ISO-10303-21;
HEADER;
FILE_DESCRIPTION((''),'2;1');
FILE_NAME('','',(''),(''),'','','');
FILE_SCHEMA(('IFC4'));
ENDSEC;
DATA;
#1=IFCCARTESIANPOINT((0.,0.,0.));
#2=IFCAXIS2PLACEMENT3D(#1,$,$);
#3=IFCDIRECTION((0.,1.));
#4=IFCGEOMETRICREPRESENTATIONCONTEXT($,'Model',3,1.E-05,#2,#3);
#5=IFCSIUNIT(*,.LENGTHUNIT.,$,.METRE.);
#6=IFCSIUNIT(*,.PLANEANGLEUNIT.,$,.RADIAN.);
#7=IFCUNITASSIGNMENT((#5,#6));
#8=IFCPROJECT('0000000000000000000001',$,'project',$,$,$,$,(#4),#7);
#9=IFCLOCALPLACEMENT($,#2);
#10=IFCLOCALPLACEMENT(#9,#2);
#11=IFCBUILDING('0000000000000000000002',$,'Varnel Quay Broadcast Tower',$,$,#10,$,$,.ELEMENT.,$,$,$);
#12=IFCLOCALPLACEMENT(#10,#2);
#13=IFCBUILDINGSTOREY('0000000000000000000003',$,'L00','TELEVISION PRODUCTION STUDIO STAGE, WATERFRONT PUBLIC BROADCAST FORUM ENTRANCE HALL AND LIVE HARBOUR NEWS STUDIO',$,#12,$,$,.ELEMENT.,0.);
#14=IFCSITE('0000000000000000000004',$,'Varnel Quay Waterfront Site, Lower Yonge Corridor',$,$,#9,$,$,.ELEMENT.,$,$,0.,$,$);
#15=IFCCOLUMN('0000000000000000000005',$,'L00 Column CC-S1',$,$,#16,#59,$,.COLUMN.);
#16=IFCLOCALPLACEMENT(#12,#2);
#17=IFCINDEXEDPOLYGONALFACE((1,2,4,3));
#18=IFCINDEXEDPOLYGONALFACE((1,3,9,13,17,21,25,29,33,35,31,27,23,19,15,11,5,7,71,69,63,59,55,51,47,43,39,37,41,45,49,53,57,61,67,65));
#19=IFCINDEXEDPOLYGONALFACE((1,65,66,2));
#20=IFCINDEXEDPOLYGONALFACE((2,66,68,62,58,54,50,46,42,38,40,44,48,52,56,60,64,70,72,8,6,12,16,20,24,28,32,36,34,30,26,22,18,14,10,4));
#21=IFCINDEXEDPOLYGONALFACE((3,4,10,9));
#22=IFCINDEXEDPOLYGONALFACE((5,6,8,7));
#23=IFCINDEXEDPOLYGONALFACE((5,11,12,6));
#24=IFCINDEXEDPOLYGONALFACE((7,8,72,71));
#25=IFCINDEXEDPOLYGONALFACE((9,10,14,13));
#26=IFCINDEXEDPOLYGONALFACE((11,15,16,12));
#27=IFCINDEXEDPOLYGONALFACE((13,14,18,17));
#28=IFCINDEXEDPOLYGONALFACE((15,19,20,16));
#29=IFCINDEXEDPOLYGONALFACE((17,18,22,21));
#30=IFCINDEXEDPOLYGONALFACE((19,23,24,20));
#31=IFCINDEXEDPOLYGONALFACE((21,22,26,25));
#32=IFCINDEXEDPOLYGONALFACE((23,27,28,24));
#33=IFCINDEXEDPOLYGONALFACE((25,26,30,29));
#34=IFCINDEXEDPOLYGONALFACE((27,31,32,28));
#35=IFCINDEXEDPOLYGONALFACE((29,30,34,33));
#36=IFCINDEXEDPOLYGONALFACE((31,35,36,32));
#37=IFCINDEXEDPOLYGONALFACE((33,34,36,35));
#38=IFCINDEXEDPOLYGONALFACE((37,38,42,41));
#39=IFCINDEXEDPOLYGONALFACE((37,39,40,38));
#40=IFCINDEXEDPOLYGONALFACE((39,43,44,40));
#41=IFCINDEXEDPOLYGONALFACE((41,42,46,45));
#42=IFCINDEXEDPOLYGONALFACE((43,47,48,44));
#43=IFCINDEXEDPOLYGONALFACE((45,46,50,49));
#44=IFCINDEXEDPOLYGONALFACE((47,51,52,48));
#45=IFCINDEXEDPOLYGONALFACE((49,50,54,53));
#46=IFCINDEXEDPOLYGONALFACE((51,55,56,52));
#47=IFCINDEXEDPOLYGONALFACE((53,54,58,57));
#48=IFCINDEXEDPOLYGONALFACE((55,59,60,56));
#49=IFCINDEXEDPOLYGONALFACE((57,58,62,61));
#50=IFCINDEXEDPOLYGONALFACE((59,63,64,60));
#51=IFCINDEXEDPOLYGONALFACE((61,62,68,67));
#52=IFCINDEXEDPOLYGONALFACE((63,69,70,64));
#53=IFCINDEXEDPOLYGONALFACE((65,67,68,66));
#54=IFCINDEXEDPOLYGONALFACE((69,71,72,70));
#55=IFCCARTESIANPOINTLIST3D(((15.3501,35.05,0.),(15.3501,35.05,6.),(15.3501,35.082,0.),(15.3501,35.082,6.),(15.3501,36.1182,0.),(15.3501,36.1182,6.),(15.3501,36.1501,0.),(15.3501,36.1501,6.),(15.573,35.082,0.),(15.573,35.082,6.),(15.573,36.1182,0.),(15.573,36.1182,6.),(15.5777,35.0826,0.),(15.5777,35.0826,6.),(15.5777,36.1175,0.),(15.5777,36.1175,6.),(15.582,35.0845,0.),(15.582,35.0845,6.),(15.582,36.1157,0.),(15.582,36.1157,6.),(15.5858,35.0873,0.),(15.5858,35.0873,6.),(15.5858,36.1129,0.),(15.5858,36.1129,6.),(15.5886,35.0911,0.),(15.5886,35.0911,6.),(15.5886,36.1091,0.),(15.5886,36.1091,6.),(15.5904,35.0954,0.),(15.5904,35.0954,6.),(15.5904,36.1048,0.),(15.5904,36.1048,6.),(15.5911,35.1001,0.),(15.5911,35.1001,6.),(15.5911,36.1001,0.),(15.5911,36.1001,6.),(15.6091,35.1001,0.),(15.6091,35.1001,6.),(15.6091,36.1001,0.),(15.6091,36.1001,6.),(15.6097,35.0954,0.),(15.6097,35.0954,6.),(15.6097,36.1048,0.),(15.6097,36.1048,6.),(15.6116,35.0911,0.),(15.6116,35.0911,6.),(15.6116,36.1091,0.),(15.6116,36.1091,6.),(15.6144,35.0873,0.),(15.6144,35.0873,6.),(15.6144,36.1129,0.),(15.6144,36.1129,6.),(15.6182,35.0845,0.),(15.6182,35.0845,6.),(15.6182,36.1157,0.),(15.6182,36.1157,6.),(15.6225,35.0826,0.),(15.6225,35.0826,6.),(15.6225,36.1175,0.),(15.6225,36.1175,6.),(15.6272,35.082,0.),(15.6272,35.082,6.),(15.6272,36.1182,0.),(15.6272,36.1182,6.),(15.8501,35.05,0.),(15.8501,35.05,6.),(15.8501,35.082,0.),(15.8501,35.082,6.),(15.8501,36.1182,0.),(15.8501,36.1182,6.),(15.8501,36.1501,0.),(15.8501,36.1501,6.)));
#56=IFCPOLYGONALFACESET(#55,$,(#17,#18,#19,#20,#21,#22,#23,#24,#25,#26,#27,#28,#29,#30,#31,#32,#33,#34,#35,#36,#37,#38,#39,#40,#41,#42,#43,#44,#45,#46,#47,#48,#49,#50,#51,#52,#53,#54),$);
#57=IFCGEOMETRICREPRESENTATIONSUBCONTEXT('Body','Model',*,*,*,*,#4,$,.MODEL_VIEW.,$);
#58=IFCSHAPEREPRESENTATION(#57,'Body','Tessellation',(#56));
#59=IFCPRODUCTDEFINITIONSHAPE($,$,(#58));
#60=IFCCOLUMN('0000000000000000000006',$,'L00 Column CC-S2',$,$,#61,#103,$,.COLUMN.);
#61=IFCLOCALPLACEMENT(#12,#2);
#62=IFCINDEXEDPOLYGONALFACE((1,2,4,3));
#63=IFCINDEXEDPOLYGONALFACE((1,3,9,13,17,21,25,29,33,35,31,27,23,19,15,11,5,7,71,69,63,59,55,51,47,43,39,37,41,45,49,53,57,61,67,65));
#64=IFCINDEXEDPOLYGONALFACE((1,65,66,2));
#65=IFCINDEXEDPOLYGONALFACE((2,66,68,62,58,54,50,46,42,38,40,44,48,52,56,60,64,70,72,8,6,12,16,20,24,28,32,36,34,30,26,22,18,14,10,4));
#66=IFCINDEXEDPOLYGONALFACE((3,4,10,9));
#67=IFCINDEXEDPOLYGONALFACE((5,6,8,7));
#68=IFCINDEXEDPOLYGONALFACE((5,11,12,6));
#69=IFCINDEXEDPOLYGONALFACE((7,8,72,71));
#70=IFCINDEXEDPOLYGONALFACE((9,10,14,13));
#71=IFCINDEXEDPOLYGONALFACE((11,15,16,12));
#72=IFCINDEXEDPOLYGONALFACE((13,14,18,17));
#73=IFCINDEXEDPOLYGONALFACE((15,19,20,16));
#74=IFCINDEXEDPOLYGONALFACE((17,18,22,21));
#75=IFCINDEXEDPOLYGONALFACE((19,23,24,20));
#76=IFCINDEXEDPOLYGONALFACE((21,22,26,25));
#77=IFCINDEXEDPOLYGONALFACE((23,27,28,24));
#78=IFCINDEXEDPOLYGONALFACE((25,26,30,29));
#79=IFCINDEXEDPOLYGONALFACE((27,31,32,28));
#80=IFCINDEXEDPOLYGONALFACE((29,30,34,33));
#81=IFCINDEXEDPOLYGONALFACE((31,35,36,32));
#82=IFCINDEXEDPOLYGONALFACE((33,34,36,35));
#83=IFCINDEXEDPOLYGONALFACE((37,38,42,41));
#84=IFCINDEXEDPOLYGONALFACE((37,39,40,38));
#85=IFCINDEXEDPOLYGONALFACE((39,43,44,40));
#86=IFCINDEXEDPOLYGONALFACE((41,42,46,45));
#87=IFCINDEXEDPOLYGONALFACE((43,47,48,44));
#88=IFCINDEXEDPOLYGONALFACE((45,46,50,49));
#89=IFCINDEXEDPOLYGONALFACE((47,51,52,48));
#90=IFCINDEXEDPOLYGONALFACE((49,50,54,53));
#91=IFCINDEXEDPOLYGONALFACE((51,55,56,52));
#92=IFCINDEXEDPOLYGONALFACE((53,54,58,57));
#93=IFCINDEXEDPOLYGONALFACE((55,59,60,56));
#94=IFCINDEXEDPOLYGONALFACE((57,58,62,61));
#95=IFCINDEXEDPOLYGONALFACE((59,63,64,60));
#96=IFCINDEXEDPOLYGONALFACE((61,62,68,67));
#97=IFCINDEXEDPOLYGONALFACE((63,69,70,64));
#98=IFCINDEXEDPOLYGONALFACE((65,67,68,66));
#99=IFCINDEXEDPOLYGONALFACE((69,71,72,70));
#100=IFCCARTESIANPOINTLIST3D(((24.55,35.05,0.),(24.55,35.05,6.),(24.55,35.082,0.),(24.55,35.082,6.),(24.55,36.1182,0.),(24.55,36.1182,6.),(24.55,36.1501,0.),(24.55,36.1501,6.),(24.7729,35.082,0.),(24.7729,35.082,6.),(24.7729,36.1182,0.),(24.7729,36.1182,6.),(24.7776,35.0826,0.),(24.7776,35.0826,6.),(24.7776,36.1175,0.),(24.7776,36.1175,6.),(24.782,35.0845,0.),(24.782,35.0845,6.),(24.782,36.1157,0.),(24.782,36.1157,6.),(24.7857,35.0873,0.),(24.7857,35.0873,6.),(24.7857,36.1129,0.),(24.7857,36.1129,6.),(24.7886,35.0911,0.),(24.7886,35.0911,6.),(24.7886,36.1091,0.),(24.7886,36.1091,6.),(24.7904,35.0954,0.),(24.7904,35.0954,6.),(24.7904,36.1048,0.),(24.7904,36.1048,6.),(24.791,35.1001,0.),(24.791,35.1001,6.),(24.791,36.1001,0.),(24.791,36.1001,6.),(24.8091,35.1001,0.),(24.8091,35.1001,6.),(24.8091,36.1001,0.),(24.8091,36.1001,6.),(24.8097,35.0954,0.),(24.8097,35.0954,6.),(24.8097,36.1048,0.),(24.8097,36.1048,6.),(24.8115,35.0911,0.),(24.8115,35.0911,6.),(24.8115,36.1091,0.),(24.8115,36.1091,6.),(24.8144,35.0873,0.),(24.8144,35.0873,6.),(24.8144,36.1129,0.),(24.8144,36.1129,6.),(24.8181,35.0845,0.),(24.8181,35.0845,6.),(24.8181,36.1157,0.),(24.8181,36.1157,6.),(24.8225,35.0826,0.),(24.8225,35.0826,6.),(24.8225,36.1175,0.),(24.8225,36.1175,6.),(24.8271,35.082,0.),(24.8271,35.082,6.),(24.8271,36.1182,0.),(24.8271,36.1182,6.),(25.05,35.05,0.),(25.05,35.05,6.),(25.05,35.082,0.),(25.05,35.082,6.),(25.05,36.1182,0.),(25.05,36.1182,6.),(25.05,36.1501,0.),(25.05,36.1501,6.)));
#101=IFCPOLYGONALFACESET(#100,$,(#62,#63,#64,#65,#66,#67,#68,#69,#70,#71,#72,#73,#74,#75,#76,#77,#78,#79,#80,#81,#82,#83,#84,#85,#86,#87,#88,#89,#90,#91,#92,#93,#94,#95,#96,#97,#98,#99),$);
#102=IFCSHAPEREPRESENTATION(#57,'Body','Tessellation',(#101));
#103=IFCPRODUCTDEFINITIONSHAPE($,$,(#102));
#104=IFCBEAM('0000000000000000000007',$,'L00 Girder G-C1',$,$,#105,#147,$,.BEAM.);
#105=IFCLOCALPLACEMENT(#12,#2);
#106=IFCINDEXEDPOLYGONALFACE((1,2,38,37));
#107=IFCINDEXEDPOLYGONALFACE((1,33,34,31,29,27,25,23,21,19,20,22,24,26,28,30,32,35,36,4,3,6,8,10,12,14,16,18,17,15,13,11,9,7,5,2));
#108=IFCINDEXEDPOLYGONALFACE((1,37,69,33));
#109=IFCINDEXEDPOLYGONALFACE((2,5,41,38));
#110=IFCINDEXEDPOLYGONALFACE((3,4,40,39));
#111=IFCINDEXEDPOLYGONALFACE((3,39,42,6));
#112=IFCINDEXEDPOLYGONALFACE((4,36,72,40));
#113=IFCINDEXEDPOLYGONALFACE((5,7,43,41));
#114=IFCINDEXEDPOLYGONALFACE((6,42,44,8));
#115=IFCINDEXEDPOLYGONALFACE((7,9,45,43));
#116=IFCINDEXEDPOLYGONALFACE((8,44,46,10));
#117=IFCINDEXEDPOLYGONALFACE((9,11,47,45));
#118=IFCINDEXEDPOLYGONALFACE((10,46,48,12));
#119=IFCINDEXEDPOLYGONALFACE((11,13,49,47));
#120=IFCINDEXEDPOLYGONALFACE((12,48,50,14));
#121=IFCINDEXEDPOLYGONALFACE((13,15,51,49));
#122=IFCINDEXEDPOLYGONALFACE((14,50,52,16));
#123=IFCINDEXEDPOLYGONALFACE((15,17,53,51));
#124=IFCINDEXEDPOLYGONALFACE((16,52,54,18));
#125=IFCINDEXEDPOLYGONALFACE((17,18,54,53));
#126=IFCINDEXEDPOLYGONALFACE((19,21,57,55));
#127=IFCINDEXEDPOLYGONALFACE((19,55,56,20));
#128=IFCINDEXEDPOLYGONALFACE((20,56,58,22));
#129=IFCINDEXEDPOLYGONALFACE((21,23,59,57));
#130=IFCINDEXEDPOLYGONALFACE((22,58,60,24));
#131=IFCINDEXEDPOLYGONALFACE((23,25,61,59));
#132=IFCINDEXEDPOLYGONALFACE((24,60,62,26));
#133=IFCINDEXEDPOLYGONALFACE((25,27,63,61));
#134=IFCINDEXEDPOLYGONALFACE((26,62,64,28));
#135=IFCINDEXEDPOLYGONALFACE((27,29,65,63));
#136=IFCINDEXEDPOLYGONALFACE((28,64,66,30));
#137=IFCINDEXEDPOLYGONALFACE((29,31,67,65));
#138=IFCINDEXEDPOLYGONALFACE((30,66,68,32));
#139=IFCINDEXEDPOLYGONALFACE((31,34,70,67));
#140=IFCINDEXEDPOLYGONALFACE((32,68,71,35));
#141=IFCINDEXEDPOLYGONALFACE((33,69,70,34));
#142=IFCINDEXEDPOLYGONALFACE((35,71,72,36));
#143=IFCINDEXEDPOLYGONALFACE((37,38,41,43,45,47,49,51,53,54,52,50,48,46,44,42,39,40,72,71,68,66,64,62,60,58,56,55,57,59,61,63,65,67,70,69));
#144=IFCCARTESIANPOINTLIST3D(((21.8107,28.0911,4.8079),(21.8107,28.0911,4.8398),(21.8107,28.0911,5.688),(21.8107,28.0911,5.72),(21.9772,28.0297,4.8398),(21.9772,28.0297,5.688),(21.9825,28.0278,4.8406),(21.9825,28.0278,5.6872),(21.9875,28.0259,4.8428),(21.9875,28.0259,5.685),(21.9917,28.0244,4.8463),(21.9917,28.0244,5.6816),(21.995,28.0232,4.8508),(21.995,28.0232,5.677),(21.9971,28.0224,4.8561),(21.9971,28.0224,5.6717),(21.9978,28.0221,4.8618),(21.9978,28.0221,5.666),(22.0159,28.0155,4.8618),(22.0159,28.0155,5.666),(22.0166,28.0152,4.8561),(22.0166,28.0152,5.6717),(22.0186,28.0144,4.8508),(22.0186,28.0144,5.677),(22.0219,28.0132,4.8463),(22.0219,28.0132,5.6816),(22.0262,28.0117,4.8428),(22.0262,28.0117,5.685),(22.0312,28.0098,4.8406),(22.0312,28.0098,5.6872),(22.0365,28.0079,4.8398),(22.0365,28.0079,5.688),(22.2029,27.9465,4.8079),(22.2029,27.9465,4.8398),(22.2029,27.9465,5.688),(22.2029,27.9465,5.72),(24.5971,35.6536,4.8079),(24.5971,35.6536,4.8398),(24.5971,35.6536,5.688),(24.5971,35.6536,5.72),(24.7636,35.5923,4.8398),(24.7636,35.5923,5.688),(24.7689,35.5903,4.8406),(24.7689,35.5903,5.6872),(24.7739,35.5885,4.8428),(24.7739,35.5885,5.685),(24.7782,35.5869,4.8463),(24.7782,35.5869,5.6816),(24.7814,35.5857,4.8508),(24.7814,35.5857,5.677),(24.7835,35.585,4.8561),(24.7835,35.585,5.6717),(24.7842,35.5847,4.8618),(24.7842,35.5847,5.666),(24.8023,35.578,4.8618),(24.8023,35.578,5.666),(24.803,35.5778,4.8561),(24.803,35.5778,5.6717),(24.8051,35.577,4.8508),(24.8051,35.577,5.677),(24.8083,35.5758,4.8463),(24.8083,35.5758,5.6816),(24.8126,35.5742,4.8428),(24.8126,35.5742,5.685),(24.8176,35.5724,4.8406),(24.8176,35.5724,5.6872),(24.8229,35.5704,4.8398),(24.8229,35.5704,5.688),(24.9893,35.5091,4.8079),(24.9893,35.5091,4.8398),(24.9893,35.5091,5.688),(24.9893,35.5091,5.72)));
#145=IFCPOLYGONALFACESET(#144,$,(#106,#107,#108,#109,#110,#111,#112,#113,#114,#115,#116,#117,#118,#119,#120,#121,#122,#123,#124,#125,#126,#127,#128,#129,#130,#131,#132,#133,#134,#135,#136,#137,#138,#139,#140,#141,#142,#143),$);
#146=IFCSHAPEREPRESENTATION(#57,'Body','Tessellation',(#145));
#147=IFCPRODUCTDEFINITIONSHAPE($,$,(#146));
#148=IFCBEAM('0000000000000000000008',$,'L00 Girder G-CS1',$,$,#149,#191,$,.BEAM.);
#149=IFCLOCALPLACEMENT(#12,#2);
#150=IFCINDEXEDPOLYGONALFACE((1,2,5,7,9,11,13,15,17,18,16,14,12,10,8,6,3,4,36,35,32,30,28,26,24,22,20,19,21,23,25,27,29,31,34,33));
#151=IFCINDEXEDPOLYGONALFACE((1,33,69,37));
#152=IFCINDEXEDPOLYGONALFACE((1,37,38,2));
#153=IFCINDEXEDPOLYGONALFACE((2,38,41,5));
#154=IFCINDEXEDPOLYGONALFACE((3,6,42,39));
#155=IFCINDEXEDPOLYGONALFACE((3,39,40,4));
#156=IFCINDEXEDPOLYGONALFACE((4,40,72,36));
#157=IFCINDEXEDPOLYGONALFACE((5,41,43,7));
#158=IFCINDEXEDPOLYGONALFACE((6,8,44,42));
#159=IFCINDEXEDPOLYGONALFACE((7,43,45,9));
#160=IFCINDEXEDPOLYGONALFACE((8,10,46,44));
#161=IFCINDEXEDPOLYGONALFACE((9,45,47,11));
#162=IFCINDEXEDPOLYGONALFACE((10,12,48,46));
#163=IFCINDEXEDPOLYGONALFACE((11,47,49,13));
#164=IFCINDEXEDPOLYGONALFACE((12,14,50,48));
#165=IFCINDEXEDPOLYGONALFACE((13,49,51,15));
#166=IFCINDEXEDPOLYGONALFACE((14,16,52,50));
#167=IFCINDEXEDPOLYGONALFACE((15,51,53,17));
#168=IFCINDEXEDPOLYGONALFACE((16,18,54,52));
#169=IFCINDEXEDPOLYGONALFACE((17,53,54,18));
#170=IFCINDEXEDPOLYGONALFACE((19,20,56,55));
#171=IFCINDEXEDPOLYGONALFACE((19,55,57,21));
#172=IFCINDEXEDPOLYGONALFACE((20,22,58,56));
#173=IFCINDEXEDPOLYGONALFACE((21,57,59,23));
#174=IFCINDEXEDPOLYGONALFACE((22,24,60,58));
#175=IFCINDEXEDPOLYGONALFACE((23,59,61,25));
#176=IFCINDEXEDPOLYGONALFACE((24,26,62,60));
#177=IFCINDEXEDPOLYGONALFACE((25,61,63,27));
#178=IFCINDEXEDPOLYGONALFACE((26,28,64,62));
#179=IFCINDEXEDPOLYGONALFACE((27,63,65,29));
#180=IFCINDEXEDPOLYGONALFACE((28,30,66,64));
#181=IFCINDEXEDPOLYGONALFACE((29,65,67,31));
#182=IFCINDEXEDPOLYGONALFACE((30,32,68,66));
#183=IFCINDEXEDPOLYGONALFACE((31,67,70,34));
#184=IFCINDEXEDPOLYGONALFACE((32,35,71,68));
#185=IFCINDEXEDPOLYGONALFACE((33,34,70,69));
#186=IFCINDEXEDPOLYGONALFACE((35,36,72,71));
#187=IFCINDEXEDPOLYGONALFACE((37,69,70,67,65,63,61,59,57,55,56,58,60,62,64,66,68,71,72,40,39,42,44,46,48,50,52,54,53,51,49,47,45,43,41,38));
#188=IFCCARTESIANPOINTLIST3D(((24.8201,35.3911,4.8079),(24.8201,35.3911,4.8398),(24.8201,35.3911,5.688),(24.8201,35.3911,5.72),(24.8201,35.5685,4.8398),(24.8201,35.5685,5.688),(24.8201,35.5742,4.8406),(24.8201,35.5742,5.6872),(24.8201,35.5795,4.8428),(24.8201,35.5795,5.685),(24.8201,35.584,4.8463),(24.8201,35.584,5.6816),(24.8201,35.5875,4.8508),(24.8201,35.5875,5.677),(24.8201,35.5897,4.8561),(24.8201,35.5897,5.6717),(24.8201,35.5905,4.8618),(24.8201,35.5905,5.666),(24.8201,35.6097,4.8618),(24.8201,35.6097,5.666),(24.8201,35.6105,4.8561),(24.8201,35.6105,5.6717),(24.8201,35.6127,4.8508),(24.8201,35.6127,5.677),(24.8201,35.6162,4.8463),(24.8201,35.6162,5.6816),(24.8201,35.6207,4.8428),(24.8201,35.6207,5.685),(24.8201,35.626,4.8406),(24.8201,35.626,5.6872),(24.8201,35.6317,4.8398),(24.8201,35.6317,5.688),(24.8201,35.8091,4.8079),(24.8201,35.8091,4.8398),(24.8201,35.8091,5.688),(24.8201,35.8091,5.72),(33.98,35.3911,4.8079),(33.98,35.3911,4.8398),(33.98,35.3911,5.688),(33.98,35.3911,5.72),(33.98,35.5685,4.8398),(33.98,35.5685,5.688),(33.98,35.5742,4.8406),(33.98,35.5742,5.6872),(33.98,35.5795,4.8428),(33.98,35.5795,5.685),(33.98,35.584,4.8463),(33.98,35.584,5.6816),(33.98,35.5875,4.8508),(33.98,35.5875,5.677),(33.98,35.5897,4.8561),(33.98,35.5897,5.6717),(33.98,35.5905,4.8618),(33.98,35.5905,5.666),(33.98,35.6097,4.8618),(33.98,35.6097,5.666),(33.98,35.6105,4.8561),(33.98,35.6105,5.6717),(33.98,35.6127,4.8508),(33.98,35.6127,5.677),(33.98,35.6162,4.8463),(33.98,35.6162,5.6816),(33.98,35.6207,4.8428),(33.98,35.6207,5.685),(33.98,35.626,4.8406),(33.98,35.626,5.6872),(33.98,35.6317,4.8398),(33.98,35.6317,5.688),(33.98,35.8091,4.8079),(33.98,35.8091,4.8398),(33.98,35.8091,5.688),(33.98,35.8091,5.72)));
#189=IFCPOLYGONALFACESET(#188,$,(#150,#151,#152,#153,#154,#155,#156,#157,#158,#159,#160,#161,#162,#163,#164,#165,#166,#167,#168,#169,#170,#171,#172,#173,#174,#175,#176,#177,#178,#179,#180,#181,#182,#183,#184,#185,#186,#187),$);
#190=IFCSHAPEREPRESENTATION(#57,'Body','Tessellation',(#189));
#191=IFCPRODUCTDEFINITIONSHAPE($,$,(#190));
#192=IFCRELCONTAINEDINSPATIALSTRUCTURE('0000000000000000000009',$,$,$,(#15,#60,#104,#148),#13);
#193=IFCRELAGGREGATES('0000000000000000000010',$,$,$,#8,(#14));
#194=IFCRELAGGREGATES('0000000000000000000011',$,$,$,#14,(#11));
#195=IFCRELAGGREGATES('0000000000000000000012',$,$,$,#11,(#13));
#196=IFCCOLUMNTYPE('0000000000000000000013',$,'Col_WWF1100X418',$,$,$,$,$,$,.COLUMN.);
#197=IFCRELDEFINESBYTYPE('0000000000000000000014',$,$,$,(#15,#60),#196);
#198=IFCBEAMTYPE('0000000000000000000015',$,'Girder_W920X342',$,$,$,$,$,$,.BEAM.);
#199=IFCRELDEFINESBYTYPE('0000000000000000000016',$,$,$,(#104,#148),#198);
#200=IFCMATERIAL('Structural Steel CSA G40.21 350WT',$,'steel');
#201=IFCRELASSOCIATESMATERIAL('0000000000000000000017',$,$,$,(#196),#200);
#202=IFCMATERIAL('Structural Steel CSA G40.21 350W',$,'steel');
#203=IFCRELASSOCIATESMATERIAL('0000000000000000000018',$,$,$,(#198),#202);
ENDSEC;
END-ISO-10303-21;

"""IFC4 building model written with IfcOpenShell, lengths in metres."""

from ifc_helpers import new_model, si_unit, direction, frame, origin, origin_2d, place, context, subcontext, project, spatial, i_section, extrude, source, transform, mapped, material, material_profile, profile_set, type_object, type_shapes, element, save


model = new_model("IFC4")

# Units and contexts
model_context = context("Model", 3, precision=1e-05, world=origin(), true_north=direction((0.0, 1.0)))
body_context = subcontext(model_context, "Body", "Model", "MODEL_VIEW")
ifc_project = project(units=[si_unit("LENGTHUNIT", "METRE"), si_unit("PLANEANGLEUNIT", "RADIAN")], contexts=[model_context])

# Site, building, storey
site_placement = place(None, origin())
site = spatial("IfcSite", under=ifc_project, at=site_placement, Name="Varnel Quay Waterfront Site, Lower Yonge Corridor", CompositionType="ELEMENT", RefElevation=0.0)
building_placement = place(site_placement, origin())
building = spatial("IfcBuilding", under=site, at=building_placement, Name="Varnel Quay Broadcast Tower", CompositionType="ELEMENT")
storey_placement = place(building_placement, origin())
storey = spatial("IfcBuildingStorey", under=building, at=storey_placement, Name="L00", Description="TELEVISION PRODUCTION STUDIO STAGE, WATERFRONT PUBLIC BROADCAST FORUM ENTRANCE HALL AND LIVE HARBOUR NEWS STUDIO", CompositionType="ELEMENT", Elevation=0.0)

# Columns
ifc_material_1 = material(Name="Structural Steel CSA G40.21 350WT", Category="steel")
ifc_material_profile_1 = material_profile(ifc_material_1, i_section(OverallWidth=0.5, OverallDepth=1.1001, WebThickness=0.0181, FlangeThickness=0.032, FilletRadius=0.0181, at=origin_2d()), Name="WWF1100X418")
ifc_profile_set_1 = profile_set([ifc_material_profile_1], Name="Structural Steel CSA G40.21 350WT")
column_type = type_object("IfcColumnType", Name="Col_WWF1100X418", PredefinedType="COLUMN", material=ifc_profile_set_1)
shared_shape_1 = source(origin(), body_context, "Body", "SweptSolid", [
    extrude(i_section(OverallWidth=0.5, OverallDepth=1.1001, WebThickness=0.0181, FlangeThickness=0.032, FilletRadius=0.0181, at=origin_2d()), origin(), (0.0, 0.0, 1.0), 6.0),
])
type_shapes(column_type, [shared_shape_1])
for number, where, z_axis, x_axis, name in (
    (1, (15.6001, 35.6001, 0.0), (0.0, 0.0, 1.0), (1.0, 0.0, 0.0), "L00 Column CC-S1"),
    (2, (24.8, 35.6001, 0.0), (0.0, 0.0, 1.0), (1.0, 0.0, 0.0), "L00 Column CC-S2"),
):
    element("IfcColumn", number, at=place(storey_placement, frame(where, z_axis=z_axis, x_axis=x_axis)), inside=storey, type_object=column_type, Name=name, PredefinedType="COLUMN", context=body_context, shape_type="MappedRepresentation", body=[
        mapped(shared_shape_1, transform((0.0, 0.0, 0.0), x_axis=(1.0, 0.0, 0.0), y_axis=(0.0, 1.0, 0.0), z_axis=(0.0, 0.0, 1.0), scale=1.0)),
    ])

# Beams
ifc_material_2 = material(Name="Structural Steel CSA G40.21 350W", Category="steel")
ifc_material_profile_2 = material_profile(ifc_material_2, i_section(OverallWidth=0.418, OverallDepth=0.9121, WebThickness=0.0193, FlangeThickness=0.032, FilletRadius=0.022, at=origin_2d()), Name="W920X342")
ifc_profile_set_2 = profile_set([ifc_material_profile_2], Name="Structural Steel CSA G40.21 350W")
beam_type = type_object("IfcBeamType", Name="Girder_W920X342", PredefinedType="BEAM", material=ifc_profile_set_2)
shared_shape_2 = source(origin(), body_context, "Body", "SweptSolid", [
    extrude(i_section(OverallWidth=0.418, OverallDepth=0.9121, WebThickness=0.0193, FlangeThickness=0.032, FilletRadius=0.022, at=origin_2d()), origin(), (0.0, 0.0, 1.0), 8.0596),
])
beam_1_placement = place(storey_placement, frame((22.0068, 28.0188, 5.2639), z_axis=(0.345726, 0.938335, 0.0), x_axis=(-0.938335, 0.345726, 0.0)))
element("IfcBeam", 3, at=beam_1_placement, inside=storey, type_object=beam_type, Name="L00 Girder G-C1", PredefinedType="BEAM", context=body_context, shape_type="MappedRepresentation", body=[
    mapped(shared_shape_2, transform((0.0, 0.0, 0.0), x_axis=(1.0, 0.0, 0.0), y_axis=(0.0, 1.0, 0.0), z_axis=(0.0, 0.0, 1.0), scale=1.0)),
])
shared_shape_3 = source(origin(), body_context, "Body", "SweptSolid", [
    extrude(i_section(OverallWidth=0.418, OverallDepth=0.9121, WebThickness=0.0193, FlangeThickness=0.032, FilletRadius=0.022, at=origin_2d()), origin(), (0.0, 0.0, 1.0), 9.1599),
])
type_shapes(beam_type, [shared_shape_2, shared_shape_3])
beam_2_placement = place(storey_placement, frame((24.8201, 35.6001, 5.2639), z_axis=(1.0, 0.0, 0.0), x_axis=(0.0, 1.0, 0.0)))
element("IfcBeam", 4, at=beam_2_placement, inside=storey, type_object=beam_type, Name="L00 Girder G-CS1", PredefinedType="BEAM", context=body_context, shape_type="MappedRepresentation", body=[
    mapped(shared_shape_3, transform((0.0, 0.0, 0.0), x_axis=(1.0, 0.0, 0.0), y_axis=(0.0, 1.0, 0.0), z_axis=(0.0, 0.0, 1.0), scale=1.0)),
])

save(model, "model.ifc")
